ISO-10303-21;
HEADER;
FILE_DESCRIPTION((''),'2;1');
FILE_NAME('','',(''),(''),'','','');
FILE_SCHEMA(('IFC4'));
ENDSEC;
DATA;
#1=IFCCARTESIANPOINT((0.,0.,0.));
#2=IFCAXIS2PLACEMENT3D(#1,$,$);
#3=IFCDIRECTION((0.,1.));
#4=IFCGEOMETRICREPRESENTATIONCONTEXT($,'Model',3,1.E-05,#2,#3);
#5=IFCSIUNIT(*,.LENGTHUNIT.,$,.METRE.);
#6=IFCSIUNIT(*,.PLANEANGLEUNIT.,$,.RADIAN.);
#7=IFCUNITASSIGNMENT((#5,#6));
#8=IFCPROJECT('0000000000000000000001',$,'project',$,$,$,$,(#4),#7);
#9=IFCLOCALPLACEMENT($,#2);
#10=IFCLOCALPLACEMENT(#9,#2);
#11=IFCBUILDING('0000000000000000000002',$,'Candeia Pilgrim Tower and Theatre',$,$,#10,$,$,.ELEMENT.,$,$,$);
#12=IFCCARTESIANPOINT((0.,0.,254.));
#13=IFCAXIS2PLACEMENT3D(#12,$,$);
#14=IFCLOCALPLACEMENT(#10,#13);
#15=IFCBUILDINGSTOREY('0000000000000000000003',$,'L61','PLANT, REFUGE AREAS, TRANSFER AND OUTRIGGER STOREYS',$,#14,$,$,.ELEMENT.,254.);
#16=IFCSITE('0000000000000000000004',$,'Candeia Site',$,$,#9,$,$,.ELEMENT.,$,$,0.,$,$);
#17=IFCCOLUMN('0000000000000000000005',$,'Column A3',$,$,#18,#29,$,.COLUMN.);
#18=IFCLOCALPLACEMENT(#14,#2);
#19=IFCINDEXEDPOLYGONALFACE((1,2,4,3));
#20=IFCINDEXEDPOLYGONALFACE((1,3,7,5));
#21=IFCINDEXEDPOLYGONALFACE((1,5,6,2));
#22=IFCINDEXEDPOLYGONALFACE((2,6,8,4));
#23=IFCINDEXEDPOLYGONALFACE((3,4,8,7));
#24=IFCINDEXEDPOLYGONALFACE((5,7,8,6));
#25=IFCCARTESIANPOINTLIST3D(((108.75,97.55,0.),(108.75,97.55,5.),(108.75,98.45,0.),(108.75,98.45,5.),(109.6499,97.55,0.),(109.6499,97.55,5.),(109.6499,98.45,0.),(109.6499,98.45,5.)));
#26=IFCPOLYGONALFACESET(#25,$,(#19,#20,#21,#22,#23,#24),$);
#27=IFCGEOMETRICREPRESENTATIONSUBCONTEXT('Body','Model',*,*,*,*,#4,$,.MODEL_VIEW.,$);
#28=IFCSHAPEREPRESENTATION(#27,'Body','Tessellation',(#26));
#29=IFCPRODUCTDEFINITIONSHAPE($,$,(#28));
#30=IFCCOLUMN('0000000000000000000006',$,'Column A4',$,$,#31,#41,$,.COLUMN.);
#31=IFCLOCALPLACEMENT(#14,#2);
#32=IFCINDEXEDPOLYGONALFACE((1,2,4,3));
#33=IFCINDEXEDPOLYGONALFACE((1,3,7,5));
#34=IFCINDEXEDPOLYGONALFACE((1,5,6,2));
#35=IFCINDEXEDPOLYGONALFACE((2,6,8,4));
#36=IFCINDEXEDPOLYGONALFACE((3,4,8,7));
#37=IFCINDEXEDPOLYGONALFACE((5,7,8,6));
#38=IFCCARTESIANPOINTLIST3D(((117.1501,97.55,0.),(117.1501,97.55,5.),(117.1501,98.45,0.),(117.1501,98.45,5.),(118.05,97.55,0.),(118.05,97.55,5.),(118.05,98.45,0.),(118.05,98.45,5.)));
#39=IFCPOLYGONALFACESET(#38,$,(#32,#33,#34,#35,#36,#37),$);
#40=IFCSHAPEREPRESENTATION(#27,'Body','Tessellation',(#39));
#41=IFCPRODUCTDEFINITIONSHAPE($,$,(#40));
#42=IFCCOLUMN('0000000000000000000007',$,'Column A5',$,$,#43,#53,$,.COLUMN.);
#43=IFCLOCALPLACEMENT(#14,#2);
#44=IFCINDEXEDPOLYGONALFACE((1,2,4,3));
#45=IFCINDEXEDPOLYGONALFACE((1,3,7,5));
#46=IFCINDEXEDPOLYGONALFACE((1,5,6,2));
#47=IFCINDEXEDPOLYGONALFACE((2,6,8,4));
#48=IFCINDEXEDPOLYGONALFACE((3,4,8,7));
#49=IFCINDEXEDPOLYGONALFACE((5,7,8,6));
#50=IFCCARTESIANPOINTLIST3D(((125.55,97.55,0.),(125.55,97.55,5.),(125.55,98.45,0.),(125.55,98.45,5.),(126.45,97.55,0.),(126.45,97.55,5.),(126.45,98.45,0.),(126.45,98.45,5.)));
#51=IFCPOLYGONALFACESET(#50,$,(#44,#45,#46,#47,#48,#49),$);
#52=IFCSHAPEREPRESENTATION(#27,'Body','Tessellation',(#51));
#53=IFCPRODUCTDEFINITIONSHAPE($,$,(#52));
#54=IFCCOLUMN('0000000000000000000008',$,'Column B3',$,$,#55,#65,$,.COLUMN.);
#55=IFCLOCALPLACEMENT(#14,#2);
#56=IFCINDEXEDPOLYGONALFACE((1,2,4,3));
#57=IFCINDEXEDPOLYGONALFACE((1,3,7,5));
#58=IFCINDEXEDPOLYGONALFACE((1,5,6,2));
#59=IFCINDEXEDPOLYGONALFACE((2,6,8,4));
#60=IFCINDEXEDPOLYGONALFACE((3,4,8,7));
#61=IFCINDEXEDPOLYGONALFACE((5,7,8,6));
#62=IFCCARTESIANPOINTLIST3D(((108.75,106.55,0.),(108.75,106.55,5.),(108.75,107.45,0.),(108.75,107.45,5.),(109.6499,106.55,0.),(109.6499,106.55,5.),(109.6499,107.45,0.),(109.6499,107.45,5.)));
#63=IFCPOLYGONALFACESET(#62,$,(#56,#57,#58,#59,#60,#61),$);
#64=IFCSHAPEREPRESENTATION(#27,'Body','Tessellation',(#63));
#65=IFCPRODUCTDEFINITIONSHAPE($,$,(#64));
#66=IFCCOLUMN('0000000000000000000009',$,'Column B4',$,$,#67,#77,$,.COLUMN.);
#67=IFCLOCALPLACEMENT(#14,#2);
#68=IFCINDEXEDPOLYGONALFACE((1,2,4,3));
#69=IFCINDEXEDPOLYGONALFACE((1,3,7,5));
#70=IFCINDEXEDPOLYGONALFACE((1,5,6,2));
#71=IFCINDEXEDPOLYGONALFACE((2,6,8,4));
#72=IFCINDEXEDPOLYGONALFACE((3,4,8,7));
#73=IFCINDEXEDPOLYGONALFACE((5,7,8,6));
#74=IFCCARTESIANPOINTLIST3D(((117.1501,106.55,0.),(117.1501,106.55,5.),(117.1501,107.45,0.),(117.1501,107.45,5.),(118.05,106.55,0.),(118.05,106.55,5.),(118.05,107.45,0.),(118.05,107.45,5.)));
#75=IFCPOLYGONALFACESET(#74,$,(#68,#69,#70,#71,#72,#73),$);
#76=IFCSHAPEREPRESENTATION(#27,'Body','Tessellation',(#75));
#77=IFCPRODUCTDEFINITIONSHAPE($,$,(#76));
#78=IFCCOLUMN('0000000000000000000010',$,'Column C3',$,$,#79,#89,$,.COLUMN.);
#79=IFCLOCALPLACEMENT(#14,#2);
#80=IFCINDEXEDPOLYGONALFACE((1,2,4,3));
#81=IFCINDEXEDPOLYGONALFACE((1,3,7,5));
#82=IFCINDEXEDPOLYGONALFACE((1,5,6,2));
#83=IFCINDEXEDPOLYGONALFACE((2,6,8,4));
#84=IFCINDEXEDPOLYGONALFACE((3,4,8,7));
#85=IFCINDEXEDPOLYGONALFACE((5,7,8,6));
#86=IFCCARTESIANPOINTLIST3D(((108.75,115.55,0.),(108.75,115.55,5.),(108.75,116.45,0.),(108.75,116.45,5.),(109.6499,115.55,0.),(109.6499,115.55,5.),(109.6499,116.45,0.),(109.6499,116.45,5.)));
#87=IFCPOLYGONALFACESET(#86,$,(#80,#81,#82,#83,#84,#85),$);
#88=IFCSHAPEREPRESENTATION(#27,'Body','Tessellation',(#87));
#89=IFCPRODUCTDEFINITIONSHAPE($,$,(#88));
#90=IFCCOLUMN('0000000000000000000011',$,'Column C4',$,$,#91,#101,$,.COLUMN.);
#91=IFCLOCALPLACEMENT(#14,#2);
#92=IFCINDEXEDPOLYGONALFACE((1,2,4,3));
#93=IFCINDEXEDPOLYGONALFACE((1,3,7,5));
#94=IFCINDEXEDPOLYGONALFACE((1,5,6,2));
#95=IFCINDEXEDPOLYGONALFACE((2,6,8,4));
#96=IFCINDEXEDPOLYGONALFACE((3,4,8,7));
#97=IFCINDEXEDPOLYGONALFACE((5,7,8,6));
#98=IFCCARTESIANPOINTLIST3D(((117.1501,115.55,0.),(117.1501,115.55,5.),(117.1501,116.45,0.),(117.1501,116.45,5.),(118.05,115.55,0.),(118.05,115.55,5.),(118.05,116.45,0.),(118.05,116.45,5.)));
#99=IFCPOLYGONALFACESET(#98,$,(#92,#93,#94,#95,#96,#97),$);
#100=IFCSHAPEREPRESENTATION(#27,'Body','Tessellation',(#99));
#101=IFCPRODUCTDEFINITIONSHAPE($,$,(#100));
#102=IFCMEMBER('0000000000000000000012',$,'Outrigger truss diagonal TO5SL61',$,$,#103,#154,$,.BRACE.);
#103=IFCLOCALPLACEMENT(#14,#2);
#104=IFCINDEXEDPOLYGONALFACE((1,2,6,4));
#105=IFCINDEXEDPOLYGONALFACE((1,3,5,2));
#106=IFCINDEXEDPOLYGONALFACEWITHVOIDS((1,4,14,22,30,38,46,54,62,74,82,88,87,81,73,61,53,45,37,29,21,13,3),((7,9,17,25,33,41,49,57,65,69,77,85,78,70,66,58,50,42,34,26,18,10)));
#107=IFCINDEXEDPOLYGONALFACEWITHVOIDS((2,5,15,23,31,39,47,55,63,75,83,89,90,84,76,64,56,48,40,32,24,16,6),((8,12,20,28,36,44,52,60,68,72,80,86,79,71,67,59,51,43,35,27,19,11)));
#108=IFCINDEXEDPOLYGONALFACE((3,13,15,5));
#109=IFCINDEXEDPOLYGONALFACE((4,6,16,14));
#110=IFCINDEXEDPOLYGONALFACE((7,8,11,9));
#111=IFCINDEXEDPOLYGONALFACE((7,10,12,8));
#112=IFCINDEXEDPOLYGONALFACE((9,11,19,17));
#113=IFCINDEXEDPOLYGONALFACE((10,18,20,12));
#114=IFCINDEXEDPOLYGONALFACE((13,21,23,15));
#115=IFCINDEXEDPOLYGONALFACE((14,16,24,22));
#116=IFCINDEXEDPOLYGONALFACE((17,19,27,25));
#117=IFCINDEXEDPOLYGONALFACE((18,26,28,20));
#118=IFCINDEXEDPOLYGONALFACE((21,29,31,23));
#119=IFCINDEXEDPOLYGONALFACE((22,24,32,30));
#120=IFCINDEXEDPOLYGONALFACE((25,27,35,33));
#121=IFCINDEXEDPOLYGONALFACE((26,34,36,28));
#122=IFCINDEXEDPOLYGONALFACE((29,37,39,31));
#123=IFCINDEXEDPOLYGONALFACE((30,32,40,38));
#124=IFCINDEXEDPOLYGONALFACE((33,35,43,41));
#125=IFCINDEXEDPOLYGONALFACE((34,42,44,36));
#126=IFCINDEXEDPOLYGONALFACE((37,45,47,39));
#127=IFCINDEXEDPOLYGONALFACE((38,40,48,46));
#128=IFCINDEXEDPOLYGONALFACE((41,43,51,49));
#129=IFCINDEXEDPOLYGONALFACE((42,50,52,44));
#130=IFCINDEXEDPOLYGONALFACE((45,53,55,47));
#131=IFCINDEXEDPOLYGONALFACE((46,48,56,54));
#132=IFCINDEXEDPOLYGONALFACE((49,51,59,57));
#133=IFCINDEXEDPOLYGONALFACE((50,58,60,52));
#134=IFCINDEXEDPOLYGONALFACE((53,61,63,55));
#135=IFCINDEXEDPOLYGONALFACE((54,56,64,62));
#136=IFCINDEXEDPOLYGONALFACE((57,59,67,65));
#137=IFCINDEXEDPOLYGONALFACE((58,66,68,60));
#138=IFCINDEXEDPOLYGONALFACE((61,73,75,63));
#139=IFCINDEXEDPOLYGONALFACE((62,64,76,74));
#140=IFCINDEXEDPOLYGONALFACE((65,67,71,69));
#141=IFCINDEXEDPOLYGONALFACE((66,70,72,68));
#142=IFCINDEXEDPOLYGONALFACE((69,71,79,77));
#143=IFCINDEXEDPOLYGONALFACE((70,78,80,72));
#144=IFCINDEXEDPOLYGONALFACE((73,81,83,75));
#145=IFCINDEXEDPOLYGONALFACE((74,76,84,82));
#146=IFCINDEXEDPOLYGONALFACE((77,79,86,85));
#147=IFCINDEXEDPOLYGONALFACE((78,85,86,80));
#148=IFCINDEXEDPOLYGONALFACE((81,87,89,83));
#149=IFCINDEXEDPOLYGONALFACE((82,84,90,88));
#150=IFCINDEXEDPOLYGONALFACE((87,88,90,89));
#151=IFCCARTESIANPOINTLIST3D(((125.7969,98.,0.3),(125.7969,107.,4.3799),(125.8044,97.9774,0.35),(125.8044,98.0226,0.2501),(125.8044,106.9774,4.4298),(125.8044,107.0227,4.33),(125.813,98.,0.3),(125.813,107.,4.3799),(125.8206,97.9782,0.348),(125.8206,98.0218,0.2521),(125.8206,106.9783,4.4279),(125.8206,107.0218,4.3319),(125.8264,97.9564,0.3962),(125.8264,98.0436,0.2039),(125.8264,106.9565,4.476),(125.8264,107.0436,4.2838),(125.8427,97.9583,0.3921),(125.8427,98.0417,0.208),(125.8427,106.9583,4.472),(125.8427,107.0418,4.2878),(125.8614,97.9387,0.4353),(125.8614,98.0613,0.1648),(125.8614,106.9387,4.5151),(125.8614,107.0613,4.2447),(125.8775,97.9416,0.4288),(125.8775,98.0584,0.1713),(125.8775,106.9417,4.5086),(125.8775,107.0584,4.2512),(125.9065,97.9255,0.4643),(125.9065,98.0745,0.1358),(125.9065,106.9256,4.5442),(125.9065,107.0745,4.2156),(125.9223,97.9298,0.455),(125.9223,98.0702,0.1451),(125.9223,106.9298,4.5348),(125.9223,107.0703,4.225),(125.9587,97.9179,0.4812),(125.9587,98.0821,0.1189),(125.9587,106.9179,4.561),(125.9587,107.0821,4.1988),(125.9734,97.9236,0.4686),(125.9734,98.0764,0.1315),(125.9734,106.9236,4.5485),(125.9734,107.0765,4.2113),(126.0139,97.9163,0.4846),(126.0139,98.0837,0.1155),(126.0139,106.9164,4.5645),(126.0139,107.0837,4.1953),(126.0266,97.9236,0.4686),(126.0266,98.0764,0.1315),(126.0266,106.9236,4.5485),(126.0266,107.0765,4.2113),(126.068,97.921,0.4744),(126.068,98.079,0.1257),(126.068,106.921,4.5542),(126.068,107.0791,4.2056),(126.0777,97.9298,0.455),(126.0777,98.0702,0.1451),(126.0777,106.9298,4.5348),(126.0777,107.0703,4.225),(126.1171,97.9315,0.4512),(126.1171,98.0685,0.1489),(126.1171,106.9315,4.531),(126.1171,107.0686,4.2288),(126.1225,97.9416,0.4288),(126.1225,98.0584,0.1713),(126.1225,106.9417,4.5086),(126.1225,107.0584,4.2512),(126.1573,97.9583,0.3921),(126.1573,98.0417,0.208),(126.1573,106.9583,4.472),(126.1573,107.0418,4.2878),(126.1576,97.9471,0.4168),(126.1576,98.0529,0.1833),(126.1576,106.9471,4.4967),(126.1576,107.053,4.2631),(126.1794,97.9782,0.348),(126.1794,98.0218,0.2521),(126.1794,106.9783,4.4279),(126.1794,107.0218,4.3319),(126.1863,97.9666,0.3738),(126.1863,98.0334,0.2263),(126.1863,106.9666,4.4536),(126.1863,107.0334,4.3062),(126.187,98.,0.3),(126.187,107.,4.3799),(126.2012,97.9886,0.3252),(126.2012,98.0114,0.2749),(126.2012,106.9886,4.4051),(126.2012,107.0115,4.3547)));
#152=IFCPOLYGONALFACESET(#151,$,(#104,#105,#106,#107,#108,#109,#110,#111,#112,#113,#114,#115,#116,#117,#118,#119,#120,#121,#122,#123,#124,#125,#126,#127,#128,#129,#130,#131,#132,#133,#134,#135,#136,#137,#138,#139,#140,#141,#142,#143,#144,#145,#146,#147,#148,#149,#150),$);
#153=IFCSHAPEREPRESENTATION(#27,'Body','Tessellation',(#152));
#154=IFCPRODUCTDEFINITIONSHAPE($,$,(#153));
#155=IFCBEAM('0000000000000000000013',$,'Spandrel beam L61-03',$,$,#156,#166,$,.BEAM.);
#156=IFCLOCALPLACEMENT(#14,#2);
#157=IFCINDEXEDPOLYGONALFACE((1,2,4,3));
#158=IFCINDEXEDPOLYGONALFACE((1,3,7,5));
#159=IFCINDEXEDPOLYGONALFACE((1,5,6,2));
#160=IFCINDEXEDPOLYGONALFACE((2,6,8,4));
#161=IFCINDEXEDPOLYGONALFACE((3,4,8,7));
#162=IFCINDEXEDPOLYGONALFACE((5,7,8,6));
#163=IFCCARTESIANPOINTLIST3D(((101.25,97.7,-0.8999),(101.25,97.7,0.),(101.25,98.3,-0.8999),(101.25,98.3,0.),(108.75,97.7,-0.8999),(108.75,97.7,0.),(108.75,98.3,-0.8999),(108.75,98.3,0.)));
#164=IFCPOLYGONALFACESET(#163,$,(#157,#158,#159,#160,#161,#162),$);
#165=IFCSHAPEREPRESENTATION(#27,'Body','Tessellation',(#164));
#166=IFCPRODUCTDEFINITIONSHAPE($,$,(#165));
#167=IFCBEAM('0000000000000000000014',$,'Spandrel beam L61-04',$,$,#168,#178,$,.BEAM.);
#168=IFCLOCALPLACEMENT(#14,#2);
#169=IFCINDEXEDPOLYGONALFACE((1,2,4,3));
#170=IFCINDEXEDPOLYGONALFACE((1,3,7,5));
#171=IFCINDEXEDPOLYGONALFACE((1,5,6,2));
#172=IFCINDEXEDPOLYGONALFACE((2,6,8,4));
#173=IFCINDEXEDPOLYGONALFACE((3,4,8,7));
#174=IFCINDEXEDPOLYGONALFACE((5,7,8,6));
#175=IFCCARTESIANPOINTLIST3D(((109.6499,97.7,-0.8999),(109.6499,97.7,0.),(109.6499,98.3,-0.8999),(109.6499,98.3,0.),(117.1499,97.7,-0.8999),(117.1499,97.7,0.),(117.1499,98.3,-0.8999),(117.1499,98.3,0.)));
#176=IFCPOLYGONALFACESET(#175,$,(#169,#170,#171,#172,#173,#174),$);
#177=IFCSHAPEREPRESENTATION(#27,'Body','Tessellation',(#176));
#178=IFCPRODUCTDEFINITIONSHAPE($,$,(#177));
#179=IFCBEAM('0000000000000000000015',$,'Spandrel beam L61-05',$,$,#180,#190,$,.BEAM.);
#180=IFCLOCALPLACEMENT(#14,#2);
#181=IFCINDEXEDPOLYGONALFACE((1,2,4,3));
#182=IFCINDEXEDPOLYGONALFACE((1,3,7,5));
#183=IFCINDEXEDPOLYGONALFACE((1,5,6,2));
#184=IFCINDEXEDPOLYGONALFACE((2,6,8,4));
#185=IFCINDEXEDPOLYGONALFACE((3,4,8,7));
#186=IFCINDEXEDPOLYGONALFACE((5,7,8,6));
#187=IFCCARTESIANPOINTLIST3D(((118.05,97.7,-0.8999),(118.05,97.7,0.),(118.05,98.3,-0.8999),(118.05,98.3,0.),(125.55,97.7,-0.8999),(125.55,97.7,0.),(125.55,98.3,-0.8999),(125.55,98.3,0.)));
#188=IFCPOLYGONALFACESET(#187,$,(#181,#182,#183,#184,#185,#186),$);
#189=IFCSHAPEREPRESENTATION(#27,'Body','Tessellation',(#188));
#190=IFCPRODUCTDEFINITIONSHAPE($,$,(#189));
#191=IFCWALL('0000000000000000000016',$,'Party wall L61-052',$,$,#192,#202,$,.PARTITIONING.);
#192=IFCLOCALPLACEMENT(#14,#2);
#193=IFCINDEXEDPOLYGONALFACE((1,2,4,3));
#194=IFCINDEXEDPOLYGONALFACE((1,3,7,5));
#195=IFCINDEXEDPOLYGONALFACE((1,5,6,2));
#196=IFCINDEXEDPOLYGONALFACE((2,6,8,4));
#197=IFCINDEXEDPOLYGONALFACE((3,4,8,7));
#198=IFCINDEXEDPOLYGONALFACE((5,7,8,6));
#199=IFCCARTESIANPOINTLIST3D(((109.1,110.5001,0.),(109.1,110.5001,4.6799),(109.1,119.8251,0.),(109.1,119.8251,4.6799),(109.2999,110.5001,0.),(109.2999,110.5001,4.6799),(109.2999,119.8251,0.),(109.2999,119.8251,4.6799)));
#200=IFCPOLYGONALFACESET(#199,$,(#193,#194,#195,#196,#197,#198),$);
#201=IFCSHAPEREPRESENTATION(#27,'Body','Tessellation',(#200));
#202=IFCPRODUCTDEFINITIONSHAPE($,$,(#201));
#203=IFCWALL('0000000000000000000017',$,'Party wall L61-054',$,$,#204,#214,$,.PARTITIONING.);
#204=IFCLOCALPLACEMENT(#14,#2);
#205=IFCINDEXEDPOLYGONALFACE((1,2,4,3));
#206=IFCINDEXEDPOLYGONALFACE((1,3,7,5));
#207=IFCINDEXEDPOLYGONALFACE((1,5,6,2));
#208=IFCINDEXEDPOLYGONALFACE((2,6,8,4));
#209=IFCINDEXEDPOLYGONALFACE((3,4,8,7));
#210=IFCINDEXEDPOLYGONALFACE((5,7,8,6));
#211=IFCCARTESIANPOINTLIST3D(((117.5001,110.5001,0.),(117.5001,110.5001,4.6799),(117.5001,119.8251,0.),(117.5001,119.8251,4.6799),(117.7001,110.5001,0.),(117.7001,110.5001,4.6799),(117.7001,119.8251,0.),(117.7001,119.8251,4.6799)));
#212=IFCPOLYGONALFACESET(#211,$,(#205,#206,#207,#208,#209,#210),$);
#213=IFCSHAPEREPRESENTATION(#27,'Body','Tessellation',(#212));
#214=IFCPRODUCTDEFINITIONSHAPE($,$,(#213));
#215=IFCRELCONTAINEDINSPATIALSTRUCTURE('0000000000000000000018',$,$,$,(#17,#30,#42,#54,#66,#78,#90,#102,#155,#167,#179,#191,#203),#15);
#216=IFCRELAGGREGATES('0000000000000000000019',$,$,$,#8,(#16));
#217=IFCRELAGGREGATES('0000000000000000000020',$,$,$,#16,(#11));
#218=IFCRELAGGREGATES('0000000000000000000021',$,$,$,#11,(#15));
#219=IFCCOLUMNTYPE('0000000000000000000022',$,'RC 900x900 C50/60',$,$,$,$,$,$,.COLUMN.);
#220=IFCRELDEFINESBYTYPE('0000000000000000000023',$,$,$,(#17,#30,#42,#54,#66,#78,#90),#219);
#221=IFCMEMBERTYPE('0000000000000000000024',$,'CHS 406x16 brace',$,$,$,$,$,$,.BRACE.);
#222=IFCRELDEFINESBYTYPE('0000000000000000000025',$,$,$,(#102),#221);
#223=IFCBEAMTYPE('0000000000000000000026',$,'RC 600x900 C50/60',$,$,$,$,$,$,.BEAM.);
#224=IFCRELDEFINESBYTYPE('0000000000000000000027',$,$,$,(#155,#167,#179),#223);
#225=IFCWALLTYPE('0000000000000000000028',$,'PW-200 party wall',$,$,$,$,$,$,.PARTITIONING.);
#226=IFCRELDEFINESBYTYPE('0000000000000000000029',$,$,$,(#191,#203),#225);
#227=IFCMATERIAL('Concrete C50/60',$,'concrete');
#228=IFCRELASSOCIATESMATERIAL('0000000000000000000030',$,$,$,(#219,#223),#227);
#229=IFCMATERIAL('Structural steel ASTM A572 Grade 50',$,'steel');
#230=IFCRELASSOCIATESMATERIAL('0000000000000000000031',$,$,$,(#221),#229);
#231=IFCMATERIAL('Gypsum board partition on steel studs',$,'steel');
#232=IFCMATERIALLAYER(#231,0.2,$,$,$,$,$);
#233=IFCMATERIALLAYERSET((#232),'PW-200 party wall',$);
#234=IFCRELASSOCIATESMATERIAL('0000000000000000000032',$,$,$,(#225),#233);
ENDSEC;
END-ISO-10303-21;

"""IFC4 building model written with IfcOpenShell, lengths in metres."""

from ifc_helpers import new_model, si_unit, direction, frame, frame_2d, origin, origin_2d, place, context, subcontext, project, spatial, rectangle, hollow_circle, extrude, material, layer, layer_set, material_profile, profile_set, type_object, element, save


model = new_model("IFC4")

# Units and contexts
model_context = context("Model", 3, precision=1e-05, world=origin(), true_north=direction((0.0, 1.0)))
body_context = subcontext(model_context, "Body", "Model", "MODEL_VIEW")
ifc_project = project(units=[si_unit("LENGTHUNIT", "METRE"), si_unit("PLANEANGLEUNIT", "RADIAN")], contexts=[model_context])

# Site, building, storey
site_placement = place(None, origin())
site = spatial("IfcSite", under=ifc_project, at=site_placement, Name="Candeia Site", CompositionType="ELEMENT", RefElevation=0.0)
building_placement = place(site_placement, origin())
building = spatial("IfcBuilding", under=site, at=building_placement, Name="Candeia Pilgrim Tower and Theatre", CompositionType="ELEMENT")
storey_placement = place(building_placement, frame((0.0, 0.0, 254.0)))
storey = spatial("IfcBuildingStorey", under=building, at=storey_placement, Name="L61", Description="PLANT, REFUGE AREAS, TRANSFER AND OUTRIGGER STOREYS", CompositionType="ELEMENT", Elevation=254.0)

# Columns
ifc_material_1 = material(Name="Concrete C50/60", Category="concrete")
ifc_material_profile_1 = material_profile(ifc_material_1, rectangle(XDim=0.8999, YDim=0.8999, at=origin_2d()))
ifc_profile_set_1 = profile_set([ifc_material_profile_1], Name="Concrete C50/60")
column_type = type_object("IfcColumnType", Name="RC 900x900 C50/60", PredefinedType="COLUMN", material=ifc_profile_set_1)
for number, where, z_axis, x_axis, name in (
    (1, (109.2, 98.0, 0.0), (0.0, 0.0, 1.0), (1.0, 0.0, 0.0), "Column A3"),
    (2, (117.6001, 98.0, 0.0), (0.0, 0.0, 1.0), (1.0, 0.0, 0.0), "Column A4"),
    (3, (126.0, 98.0, 0.0), (0.0, 0.0, 1.0), (1.0, 0.0, 0.0), "Column A5"),
    (4, (109.2, 107.0, 0.0), (0.0, 0.0, 1.0), (1.0, 0.0, 0.0), "Column B3"),
    (5, (117.6001, 107.0, 0.0), (0.0, 0.0, 1.0), (1.0, 0.0, 0.0), "Column B4"),
    (6, (109.2, 116.0, 0.0), (0.0, 0.0, 1.0), (1.0, 0.0, 0.0), "Column C3"),
    (7, (117.6001, 116.0, 0.0), (0.0, 0.0, 1.0), (1.0, 0.0, 0.0), "Column C4"),
):
    element("IfcColumn", number, at=place(storey_placement, frame(where, z_axis=z_axis, x_axis=x_axis)), inside=storey, type_object=column_type, Name=name, PredefinedType="COLUMN", context=body_context, shape_type="SweptSolid", body=[
        extrude(rectangle(XDim=0.8999, YDim=0.8999, at=origin_2d()), origin(), (0.0, 0.0, 1.0), 5.0),
    ])

# Member
ifc_material_2 = material(Name="Structural steel ASTM A572 Grade 50", Category="steel")
ifc_material_profile_2 = material_profile(ifc_material_2, hollow_circle(Radius=0.2031, WallThickness=0.0161, at=origin_2d()))
ifc_profile_set_2 = profile_set([ifc_material_profile_2], Name="Structural steel ASTM A572 Grade 50")
member_type = type_object("IfcMemberType", Name="CHS 406x16 brace", PredefinedType="BRACE", material=ifc_profile_set_2)
member_placement = place(storey_placement, frame((126.0, 98.0, 0.3), z_axis=(0.0, 0.910788, 0.412874), x_axis=(-1.0, 0.0, 0.0)))
element("IfcMember", 8, at=member_placement, inside=storey, type_object=member_type, Name="Outrigger truss diagonal TO5SL61", PredefinedType="BRACE", context=body_context, shape_type="SweptSolid", body=[
    extrude(hollow_circle(Radius=0.2031, WallThickness=0.0161, at=origin_2d()), origin(), (0.0, 0.0, 1.0), 9.8816),
])

# Beams
ifc_material_profile_3 = material_profile(ifc_material_1, rectangle(XDim=0.6001, YDim=0.8999, at=origin_2d()))
ifc_profile_set_3 = profile_set([ifc_material_profile_3], Name="Concrete C50/60")
beam_type = type_object("IfcBeamType", Name="RC 600x900 C50/60", PredefinedType="BEAM", material=ifc_profile_set_3)
for number, where, z_axis, x_axis, name in (
    (9, (101.25, 98.0, -0.45), (1.0, 0.0, 0.0), (0.0, 1.0, 0.0), "Spandrel beam L61-03"),
    (10, (109.6499, 98.0, -0.45), (1.0, 0.0, 0.0), (0.0, 1.0, 0.0), "Spandrel beam L61-04"),
    (11, (118.05, 98.0, -0.45), (1.0, 0.0, 0.0), (0.0, 1.0, 0.0), "Spandrel beam L61-05"),
):
    element("IfcBeam", number, at=place(storey_placement, frame(where, z_axis=z_axis, x_axis=x_axis)), inside=storey, type_object=beam_type, Name=name, PredefinedType="BEAM", context=body_context, shape_type="SweptSolid", body=[
        extrude(rectangle(XDim=0.6001, YDim=0.8999, at=origin_2d()), origin(), (0.0, 0.0, 1.0), 7.5),
    ])

# Walls
ifc_material_3 = material(Name="Gypsum board partition on steel studs", Category="steel")
ifc_layer_1 = layer(ifc_material_3, 0.2)
ifc_layer_set_1 = layer_set([ifc_layer_1], Name="PW-200 party wall")
wall_type = type_object("IfcWallType", Name="PW-200 party wall", PredefinedType="PARTITIONING", material=ifc_layer_set_1)
for number, where, z_axis, x_axis, name in (
    (12, (109.2, 110.5, 0.0), (0.0, 0.0, 1.0), (0.0, 1.0, 0.0), "Party wall L61-052"),
    (13, (117.6001, 110.5, 0.0), (0.0, 0.0, 1.0), (0.0, 1.0, 0.0), "Party wall L61-054"),
):
    element("IfcWall", number, at=place(storey_placement, frame(where, z_axis=z_axis, x_axis=x_axis)), inside=storey, type_object=wall_type, Name=name, PredefinedType="PARTITIONING", context=body_context, shape_type="SweptSolid", body=[
        extrude(rectangle(XDim=9.325, YDim=0.2, at=frame_2d((4.6626, 0.0))), origin(), (0.0, 0.0, 1.0), 4.6799),
    ])

save(model, "model.ifc")
